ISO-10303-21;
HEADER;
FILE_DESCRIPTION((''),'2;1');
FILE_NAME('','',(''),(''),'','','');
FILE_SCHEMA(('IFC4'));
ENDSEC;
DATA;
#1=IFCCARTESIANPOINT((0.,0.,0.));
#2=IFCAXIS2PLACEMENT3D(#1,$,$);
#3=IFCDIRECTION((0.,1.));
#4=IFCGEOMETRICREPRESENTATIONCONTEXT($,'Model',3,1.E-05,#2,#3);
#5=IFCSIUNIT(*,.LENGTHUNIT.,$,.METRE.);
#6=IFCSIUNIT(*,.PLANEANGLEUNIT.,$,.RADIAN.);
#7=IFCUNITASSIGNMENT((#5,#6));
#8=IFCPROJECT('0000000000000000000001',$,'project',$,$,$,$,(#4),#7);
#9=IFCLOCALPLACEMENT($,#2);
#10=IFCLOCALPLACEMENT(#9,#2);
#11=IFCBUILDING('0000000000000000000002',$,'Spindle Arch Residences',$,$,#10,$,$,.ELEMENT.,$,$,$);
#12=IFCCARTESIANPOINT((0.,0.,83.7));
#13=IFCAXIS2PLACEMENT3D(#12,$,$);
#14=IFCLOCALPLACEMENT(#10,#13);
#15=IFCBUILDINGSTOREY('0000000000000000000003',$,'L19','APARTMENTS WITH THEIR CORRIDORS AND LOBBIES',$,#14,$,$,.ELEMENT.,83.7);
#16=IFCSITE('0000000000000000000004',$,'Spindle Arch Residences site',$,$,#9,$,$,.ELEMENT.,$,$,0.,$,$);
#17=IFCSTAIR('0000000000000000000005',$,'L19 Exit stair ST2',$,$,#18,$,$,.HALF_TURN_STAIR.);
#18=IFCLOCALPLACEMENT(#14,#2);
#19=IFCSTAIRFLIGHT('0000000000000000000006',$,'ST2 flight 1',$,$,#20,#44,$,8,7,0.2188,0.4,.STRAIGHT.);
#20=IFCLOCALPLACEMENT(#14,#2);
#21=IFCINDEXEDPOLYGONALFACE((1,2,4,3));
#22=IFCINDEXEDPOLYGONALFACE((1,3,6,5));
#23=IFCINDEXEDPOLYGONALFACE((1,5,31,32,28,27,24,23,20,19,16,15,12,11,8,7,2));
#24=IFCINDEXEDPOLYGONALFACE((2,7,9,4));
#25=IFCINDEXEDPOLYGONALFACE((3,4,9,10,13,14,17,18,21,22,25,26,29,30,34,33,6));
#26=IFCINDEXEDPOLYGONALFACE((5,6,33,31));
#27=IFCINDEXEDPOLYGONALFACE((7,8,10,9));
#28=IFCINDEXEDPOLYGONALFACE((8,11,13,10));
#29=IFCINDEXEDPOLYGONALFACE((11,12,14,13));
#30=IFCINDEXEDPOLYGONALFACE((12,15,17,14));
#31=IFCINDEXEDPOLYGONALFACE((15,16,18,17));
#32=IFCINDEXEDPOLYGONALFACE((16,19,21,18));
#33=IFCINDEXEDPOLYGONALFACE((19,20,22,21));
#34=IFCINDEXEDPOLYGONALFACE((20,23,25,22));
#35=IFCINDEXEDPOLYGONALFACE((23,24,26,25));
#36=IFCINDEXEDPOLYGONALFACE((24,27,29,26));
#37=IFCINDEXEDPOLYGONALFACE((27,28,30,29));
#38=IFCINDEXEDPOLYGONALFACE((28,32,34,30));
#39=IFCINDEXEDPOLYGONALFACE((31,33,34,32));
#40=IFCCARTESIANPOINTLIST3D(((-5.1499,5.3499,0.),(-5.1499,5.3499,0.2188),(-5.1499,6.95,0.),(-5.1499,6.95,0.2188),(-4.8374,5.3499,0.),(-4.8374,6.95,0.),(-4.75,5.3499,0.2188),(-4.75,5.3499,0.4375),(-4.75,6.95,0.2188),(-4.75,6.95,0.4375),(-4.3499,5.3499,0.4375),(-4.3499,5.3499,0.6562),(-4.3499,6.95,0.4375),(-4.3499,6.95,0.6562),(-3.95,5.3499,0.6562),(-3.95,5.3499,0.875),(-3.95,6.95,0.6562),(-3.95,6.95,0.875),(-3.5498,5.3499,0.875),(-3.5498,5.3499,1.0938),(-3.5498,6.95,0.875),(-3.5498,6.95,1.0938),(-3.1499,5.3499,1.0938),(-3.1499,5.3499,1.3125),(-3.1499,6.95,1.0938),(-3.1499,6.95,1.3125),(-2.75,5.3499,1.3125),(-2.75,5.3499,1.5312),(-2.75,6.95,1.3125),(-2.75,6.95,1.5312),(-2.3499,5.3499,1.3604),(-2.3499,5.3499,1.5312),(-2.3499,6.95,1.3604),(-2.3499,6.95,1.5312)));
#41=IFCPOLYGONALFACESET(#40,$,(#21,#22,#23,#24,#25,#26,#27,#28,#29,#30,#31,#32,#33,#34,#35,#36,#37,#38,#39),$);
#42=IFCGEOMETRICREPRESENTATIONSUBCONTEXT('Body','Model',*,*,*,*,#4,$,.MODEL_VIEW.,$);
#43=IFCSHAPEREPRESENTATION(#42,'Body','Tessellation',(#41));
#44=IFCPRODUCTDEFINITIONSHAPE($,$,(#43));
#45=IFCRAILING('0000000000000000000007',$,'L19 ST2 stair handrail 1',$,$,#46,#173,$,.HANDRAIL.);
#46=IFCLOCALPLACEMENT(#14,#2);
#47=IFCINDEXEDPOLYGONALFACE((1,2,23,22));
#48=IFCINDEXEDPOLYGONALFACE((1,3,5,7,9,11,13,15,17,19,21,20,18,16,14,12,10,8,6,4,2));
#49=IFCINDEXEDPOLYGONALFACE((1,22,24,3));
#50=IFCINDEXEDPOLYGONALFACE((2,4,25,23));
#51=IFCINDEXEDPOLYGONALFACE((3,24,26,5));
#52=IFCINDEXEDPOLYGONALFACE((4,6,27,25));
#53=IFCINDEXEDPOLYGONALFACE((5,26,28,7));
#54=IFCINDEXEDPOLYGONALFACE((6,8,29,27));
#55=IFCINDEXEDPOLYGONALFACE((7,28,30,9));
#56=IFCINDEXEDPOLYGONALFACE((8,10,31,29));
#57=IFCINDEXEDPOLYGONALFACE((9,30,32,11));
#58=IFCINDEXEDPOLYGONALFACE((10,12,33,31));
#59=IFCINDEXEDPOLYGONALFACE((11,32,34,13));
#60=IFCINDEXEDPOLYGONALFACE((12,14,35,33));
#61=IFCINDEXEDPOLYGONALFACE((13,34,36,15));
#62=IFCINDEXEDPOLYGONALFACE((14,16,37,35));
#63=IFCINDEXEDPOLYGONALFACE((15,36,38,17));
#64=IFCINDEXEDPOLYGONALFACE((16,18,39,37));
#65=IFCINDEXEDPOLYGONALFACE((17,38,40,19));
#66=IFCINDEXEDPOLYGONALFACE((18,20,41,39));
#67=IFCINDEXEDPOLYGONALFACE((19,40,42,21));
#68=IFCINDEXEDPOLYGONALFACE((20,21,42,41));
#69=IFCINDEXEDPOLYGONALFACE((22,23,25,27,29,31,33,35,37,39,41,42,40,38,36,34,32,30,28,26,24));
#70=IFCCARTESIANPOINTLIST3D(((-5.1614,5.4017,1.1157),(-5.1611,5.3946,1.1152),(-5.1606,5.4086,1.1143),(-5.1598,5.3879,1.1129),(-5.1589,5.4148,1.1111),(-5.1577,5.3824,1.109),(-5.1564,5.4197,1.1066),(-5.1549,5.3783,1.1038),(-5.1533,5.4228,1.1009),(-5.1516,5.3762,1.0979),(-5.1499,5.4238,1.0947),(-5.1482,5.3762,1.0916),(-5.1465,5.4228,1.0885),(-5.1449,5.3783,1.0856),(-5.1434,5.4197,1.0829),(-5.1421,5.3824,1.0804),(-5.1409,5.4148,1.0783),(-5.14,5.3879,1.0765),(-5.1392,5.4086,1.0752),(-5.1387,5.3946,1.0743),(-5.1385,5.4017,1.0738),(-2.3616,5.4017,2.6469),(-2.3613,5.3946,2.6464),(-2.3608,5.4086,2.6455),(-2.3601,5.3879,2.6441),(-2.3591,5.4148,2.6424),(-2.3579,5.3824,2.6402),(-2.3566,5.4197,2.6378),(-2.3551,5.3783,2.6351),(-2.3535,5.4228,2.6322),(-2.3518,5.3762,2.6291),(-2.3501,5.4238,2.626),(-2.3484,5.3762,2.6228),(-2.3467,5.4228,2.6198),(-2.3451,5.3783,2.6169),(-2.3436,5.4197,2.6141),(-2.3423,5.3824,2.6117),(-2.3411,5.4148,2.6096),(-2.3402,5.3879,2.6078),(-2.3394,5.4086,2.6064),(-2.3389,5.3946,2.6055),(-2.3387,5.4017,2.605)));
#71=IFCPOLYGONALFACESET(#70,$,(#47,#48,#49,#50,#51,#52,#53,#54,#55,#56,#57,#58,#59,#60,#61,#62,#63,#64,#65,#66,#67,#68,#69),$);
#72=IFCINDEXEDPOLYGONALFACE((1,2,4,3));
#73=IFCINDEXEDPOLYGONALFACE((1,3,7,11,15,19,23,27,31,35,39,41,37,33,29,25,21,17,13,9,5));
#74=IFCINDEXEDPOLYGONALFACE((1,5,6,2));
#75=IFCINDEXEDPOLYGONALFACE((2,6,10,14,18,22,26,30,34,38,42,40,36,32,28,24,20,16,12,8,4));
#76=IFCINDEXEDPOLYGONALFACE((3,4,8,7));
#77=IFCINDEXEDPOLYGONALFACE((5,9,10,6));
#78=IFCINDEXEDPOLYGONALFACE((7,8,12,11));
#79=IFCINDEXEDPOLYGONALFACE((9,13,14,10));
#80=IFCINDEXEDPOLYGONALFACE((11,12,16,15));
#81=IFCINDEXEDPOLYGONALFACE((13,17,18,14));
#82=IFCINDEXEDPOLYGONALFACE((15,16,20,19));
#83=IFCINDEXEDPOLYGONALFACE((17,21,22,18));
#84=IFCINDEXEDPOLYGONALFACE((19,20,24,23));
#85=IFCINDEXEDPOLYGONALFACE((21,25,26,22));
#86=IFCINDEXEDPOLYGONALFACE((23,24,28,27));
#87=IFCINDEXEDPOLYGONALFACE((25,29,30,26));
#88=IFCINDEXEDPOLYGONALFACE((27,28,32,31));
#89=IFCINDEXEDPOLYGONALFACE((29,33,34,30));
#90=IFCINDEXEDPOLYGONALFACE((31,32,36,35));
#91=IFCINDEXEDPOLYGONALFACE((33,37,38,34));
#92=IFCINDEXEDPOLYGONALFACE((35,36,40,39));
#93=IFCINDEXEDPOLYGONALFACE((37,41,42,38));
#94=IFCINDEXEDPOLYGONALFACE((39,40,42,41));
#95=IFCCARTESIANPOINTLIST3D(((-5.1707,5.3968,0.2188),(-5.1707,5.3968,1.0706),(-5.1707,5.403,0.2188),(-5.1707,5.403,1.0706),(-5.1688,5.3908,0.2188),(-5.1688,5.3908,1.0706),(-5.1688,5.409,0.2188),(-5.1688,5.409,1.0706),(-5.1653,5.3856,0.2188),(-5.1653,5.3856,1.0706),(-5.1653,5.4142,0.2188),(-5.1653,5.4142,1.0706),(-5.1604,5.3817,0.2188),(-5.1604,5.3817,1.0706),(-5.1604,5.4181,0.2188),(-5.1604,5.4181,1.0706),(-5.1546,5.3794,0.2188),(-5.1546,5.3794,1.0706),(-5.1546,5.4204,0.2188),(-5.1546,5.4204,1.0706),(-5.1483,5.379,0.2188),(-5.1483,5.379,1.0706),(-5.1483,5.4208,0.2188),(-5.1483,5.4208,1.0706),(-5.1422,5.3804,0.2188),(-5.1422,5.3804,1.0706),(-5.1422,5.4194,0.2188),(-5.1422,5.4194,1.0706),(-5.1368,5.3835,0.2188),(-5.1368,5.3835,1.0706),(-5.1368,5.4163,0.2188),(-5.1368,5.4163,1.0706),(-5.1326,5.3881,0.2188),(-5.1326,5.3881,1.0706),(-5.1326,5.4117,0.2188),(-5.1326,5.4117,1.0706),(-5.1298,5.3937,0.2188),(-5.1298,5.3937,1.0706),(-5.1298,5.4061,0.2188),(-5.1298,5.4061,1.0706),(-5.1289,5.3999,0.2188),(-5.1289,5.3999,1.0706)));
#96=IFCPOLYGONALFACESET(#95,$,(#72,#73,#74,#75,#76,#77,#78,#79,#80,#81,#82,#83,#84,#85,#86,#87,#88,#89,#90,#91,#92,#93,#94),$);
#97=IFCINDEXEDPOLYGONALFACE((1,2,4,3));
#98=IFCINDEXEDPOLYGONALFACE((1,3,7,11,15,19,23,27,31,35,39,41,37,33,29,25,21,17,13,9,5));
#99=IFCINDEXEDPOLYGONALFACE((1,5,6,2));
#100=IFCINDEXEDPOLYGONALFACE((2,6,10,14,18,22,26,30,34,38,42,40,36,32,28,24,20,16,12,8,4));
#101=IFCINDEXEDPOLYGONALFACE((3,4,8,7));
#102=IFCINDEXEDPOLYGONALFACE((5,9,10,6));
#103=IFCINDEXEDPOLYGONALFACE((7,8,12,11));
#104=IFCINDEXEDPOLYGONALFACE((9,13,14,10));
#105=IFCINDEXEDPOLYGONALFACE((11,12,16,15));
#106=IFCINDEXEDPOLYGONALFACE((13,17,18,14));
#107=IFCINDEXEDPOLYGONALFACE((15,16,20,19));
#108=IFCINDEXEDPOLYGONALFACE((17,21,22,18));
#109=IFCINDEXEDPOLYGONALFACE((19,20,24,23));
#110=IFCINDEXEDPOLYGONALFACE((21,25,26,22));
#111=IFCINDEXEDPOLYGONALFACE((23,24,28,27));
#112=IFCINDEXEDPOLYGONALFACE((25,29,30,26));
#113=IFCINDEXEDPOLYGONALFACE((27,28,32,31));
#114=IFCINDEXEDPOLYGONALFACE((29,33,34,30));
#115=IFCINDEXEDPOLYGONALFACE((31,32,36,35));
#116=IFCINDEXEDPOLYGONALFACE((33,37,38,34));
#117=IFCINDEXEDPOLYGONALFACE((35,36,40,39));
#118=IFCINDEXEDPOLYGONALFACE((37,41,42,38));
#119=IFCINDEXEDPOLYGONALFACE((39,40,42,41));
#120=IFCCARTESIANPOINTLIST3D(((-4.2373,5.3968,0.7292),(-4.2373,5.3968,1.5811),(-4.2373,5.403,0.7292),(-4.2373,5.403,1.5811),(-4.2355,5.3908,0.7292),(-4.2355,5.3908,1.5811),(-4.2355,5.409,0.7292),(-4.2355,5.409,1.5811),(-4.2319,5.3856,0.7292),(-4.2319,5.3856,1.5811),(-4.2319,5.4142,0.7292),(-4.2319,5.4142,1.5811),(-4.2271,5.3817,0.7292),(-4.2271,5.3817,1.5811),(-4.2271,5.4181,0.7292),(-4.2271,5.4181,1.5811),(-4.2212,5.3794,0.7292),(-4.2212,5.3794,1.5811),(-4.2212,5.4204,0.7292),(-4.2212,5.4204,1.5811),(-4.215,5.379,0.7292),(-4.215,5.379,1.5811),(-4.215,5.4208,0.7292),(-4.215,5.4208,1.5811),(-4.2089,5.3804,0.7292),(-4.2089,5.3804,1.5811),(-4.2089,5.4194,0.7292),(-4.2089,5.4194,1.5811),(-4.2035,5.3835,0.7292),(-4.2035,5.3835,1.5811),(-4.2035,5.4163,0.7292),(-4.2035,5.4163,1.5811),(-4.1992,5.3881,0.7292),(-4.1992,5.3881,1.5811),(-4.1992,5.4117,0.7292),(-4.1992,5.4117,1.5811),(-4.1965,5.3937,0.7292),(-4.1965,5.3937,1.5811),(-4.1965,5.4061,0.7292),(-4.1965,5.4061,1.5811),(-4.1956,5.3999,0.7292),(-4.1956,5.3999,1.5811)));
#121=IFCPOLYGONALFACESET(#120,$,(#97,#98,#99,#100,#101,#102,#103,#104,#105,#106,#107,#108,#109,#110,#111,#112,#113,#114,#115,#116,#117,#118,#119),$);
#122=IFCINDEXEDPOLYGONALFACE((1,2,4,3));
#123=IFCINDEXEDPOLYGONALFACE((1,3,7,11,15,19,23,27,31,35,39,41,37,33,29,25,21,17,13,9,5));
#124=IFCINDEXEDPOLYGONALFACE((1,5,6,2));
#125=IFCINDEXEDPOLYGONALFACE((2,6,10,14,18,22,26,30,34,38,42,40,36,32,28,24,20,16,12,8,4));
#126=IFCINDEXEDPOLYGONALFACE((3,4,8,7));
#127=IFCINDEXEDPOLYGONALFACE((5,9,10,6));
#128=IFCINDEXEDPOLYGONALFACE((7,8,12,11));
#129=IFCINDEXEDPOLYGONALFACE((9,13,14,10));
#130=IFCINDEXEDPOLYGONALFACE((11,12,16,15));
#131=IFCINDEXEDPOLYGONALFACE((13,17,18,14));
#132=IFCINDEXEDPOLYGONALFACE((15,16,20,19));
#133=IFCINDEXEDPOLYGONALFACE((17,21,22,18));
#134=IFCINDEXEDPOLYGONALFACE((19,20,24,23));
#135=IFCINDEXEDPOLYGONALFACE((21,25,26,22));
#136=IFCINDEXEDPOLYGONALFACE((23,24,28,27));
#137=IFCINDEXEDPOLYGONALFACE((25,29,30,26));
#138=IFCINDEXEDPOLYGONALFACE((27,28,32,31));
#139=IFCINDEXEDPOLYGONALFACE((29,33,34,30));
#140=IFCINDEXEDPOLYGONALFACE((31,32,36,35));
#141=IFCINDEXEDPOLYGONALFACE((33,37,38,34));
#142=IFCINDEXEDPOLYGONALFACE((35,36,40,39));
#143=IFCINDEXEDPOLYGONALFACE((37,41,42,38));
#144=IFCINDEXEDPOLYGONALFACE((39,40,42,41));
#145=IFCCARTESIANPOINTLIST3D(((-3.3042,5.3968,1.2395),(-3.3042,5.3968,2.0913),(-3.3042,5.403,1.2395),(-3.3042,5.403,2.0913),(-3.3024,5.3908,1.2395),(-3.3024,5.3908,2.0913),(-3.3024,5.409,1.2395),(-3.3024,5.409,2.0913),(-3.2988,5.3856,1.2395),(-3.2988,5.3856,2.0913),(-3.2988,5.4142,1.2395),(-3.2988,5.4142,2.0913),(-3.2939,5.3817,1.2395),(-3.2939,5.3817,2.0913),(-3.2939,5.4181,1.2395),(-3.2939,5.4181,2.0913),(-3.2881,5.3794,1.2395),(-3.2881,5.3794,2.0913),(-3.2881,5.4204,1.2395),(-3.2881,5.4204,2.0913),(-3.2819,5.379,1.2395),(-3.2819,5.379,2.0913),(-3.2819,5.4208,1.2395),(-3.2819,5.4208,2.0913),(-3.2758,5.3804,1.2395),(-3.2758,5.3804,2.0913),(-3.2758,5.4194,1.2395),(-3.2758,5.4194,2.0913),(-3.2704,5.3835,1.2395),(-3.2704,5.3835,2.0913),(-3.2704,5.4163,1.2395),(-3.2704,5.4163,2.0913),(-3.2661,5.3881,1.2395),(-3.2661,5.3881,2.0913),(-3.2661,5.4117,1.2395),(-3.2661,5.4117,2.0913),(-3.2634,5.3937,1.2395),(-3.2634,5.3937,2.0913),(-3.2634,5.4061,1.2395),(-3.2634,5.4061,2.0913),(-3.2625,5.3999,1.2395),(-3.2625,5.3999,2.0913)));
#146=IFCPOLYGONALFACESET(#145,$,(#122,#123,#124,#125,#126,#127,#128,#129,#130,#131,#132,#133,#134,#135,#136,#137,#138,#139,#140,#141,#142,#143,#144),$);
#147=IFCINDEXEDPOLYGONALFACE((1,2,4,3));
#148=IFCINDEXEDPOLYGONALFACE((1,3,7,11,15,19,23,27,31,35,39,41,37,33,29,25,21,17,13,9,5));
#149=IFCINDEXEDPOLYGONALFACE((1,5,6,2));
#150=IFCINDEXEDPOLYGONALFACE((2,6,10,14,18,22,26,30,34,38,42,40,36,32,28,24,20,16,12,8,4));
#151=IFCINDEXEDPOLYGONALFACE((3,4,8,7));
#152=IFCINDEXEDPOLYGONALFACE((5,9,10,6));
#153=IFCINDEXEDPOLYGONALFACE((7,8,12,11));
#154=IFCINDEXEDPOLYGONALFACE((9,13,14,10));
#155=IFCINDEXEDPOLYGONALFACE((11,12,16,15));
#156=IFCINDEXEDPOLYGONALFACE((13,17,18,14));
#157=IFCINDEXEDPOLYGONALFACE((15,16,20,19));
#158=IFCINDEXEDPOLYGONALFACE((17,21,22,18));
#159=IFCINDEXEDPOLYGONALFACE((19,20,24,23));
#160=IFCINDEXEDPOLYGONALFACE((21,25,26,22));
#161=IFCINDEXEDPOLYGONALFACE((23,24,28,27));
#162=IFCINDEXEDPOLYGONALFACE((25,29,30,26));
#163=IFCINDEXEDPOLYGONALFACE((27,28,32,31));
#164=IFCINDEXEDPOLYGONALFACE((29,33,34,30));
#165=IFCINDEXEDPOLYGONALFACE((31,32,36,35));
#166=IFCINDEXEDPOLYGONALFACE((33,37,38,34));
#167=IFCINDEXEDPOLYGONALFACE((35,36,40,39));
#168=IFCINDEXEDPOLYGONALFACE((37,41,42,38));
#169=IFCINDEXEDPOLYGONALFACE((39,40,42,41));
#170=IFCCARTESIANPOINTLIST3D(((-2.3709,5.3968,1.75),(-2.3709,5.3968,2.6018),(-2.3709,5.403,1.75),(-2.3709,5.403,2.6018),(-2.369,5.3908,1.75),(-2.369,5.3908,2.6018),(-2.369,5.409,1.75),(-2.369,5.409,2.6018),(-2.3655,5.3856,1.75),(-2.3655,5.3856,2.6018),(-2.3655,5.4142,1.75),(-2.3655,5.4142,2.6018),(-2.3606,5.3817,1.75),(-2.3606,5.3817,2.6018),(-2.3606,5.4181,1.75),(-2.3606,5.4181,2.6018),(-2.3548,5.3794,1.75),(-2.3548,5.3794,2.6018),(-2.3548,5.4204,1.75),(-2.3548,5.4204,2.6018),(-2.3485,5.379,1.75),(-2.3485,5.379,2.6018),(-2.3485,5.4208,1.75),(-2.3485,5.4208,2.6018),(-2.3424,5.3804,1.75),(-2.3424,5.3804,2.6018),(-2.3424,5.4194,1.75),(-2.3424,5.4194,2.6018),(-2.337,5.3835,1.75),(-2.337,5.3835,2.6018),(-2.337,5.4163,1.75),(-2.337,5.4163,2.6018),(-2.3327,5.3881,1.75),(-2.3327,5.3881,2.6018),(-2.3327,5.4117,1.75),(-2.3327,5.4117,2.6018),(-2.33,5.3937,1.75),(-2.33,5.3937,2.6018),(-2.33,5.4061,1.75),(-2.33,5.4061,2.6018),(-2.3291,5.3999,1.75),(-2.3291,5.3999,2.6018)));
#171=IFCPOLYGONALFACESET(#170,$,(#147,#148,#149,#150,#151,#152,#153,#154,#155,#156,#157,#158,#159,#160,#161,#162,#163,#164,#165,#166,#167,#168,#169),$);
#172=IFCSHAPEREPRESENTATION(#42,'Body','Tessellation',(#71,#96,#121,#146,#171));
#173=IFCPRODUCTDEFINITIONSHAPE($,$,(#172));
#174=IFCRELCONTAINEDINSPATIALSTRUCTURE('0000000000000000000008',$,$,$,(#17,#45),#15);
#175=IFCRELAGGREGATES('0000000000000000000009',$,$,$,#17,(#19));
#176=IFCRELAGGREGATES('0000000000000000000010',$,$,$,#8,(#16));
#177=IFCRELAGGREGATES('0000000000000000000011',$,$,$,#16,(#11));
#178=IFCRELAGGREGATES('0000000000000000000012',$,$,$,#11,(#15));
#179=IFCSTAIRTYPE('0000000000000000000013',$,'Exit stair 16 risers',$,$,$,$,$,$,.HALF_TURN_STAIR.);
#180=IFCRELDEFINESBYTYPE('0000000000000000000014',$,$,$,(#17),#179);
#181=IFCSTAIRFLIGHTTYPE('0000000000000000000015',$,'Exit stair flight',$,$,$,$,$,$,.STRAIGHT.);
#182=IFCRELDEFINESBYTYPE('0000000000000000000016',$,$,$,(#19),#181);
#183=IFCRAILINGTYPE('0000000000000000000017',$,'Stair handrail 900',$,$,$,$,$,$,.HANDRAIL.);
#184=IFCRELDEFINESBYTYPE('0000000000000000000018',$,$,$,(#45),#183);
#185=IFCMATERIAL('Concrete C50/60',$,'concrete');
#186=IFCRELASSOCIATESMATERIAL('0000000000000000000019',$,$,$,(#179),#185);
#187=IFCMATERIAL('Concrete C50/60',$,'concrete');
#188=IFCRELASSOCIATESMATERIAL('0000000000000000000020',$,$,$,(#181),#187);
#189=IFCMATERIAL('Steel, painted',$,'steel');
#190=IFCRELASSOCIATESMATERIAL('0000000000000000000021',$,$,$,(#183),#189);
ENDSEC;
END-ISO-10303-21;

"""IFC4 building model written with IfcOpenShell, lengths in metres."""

from ifc_helpers import new_model, si_unit, direction, frame, origin, origin_2d, place, context, subcontext, project, spatial, polyline, circle, outline, extrude, material, type_object, element, aggregate, save


model = new_model("IFC4")

# Units and contexts
model_context = context("Model", 3, precision=1e-05, world=origin(), true_north=direction((0.0, 1.0)))
body_context = subcontext(model_context, "Body", "Model", "MODEL_VIEW")
ifc_project = project(units=[si_unit("LENGTHUNIT", "METRE"), si_unit("PLANEANGLEUNIT", "RADIAN")], contexts=[model_context])

# Site, building, storey
site_placement = place(None, origin())
site = spatial("IfcSite", under=ifc_project, at=site_placement, Name="Spindle Arch Residences site", CompositionType="ELEMENT", RefElevation=0.0)
building_placement = place(site_placement, origin())
building = spatial("IfcBuilding", under=site, at=building_placement, Name="Spindle Arch Residences", CompositionType="ELEMENT")
storey_placement = place(building_placement, frame((0.0, 0.0, 83.7)))
storey = spatial("IfcBuildingStorey", under=building, at=storey_placement, Name="L19", Description="APARTMENTS WITH THEIR CORRIDORS AND LOBBIES", CompositionType="ELEMENT", Elevation=83.7)

# Stair, stair flight
ifc_material_1 = material(Name="Concrete C50/60", Category="concrete")
stair_type = type_object("IfcStairType", Name="Exit stair 16 risers", PredefinedType="HALF_TURN_STAIR", material=ifc_material_1)
stair_placement = place(storey_placement, origin())
stair = element("IfcStair", 1, at=stair_placement, inside=storey, type_object=stair_type, Name="L19 Exit stair ST2", PredefinedType="HALF_TURN_STAIR")
ifc_material_2 = material(Name="Concrete C50/60", Category="concrete")
stair_flight_type = type_object("IfcStairFlightType", Name="Exit stair flight", PredefinedType="STRAIGHT", material=ifc_material_2)
stair_flight_placement = place(storey_placement, frame((-5.1499, 6.1499, 0.0), z_axis=(0.0, 0.0, 1.0), x_axis=(1.0, 0.0, 0.0)))
stair_flight = element("IfcStairFlight", 2, at=stair_flight_placement, type_object=stair_flight_type, Name="ST2 flight 1", NumberOfRisers=8, NumberOfTreads=7, PredefinedType="STRAIGHT", RiserHeight=0.2188, TreadLength=0.4, context=body_context, shape_type="SweptSolid", body=[
    extrude(outline(polyline([(0.0, 0.0), (0.0, 0.2188), (0.3999, 0.2188), (0.3999, 0.4375), (0.8, 0.4375), (0.8, 0.6562), (1.2, 0.6562), (1.2, 0.875), (1.6001, 0.875), (1.6001, 1.0938), (2.0, 1.0938), (2.0, 1.3125), (2.3999, 1.3125), (2.3999, 1.5312), (2.8, 1.5312), (2.8, 1.75), (2.8, 1.3604), (0.3125, 0.0), (0.0, 0.0)])), frame((0.0, 0.8, 0.0), z_axis=(0.0, -1.0, 0.0), x_axis=(1.0, 0.0, 0.0)), (0.0, 0.0, 1.0), 1.6001),
])
aggregate(stair, [stair_flight])

# Railing
ifc_material_3 = material(Name="Steel, painted", Category="steel")
railing_type_1 = type_object("IfcRailingType", Name="Stair handrail 900", PredefinedType="HANDRAIL", material=ifc_material_3)
railing_1_placement = place(storey_placement, frame((-5.1499, 5.3999, 0.2188)))
element("IfcRailing", 3, at=railing_1_placement, inside=storey, type_object=railing_type_1, Name="L19 ST2 stair handrail 1", PredefinedType="HANDRAIL", context=body_context, shape_type="SweptSolid", body=[
    extrude(circle(Radius=0.0239, at=origin_2d()), frame((0.0, 0.0, 0.876), z_axis=(0.877357, 0.0, 0.479838), x_axis=(0.0, 1.0, 0.0)), (0.0, 0.0, 1.0), 3.1912),
    extrude(circle(Radius=0.021, at=origin_2d()), origin(), (0.0, 0.0, 1.0), 0.8518),
    extrude(circle(Radius=0.021, at=origin_2d()), frame((0.9333, 0.0, 0.5105)), (0.0, 0.0, 1.0), 0.8518),
    extrude(circle(Radius=0.021, at=origin_2d()), frame((1.8665, 0.0, 1.0208)), (0.0, 0.0, 1.0), 0.8518),
    extrude(circle(Radius=0.021, at=origin_2d()), frame((2.7998, 0.0, 1.5312)), (0.0, 0.0, 1.0), 0.8518),
])

save(model, "model.ifc")
